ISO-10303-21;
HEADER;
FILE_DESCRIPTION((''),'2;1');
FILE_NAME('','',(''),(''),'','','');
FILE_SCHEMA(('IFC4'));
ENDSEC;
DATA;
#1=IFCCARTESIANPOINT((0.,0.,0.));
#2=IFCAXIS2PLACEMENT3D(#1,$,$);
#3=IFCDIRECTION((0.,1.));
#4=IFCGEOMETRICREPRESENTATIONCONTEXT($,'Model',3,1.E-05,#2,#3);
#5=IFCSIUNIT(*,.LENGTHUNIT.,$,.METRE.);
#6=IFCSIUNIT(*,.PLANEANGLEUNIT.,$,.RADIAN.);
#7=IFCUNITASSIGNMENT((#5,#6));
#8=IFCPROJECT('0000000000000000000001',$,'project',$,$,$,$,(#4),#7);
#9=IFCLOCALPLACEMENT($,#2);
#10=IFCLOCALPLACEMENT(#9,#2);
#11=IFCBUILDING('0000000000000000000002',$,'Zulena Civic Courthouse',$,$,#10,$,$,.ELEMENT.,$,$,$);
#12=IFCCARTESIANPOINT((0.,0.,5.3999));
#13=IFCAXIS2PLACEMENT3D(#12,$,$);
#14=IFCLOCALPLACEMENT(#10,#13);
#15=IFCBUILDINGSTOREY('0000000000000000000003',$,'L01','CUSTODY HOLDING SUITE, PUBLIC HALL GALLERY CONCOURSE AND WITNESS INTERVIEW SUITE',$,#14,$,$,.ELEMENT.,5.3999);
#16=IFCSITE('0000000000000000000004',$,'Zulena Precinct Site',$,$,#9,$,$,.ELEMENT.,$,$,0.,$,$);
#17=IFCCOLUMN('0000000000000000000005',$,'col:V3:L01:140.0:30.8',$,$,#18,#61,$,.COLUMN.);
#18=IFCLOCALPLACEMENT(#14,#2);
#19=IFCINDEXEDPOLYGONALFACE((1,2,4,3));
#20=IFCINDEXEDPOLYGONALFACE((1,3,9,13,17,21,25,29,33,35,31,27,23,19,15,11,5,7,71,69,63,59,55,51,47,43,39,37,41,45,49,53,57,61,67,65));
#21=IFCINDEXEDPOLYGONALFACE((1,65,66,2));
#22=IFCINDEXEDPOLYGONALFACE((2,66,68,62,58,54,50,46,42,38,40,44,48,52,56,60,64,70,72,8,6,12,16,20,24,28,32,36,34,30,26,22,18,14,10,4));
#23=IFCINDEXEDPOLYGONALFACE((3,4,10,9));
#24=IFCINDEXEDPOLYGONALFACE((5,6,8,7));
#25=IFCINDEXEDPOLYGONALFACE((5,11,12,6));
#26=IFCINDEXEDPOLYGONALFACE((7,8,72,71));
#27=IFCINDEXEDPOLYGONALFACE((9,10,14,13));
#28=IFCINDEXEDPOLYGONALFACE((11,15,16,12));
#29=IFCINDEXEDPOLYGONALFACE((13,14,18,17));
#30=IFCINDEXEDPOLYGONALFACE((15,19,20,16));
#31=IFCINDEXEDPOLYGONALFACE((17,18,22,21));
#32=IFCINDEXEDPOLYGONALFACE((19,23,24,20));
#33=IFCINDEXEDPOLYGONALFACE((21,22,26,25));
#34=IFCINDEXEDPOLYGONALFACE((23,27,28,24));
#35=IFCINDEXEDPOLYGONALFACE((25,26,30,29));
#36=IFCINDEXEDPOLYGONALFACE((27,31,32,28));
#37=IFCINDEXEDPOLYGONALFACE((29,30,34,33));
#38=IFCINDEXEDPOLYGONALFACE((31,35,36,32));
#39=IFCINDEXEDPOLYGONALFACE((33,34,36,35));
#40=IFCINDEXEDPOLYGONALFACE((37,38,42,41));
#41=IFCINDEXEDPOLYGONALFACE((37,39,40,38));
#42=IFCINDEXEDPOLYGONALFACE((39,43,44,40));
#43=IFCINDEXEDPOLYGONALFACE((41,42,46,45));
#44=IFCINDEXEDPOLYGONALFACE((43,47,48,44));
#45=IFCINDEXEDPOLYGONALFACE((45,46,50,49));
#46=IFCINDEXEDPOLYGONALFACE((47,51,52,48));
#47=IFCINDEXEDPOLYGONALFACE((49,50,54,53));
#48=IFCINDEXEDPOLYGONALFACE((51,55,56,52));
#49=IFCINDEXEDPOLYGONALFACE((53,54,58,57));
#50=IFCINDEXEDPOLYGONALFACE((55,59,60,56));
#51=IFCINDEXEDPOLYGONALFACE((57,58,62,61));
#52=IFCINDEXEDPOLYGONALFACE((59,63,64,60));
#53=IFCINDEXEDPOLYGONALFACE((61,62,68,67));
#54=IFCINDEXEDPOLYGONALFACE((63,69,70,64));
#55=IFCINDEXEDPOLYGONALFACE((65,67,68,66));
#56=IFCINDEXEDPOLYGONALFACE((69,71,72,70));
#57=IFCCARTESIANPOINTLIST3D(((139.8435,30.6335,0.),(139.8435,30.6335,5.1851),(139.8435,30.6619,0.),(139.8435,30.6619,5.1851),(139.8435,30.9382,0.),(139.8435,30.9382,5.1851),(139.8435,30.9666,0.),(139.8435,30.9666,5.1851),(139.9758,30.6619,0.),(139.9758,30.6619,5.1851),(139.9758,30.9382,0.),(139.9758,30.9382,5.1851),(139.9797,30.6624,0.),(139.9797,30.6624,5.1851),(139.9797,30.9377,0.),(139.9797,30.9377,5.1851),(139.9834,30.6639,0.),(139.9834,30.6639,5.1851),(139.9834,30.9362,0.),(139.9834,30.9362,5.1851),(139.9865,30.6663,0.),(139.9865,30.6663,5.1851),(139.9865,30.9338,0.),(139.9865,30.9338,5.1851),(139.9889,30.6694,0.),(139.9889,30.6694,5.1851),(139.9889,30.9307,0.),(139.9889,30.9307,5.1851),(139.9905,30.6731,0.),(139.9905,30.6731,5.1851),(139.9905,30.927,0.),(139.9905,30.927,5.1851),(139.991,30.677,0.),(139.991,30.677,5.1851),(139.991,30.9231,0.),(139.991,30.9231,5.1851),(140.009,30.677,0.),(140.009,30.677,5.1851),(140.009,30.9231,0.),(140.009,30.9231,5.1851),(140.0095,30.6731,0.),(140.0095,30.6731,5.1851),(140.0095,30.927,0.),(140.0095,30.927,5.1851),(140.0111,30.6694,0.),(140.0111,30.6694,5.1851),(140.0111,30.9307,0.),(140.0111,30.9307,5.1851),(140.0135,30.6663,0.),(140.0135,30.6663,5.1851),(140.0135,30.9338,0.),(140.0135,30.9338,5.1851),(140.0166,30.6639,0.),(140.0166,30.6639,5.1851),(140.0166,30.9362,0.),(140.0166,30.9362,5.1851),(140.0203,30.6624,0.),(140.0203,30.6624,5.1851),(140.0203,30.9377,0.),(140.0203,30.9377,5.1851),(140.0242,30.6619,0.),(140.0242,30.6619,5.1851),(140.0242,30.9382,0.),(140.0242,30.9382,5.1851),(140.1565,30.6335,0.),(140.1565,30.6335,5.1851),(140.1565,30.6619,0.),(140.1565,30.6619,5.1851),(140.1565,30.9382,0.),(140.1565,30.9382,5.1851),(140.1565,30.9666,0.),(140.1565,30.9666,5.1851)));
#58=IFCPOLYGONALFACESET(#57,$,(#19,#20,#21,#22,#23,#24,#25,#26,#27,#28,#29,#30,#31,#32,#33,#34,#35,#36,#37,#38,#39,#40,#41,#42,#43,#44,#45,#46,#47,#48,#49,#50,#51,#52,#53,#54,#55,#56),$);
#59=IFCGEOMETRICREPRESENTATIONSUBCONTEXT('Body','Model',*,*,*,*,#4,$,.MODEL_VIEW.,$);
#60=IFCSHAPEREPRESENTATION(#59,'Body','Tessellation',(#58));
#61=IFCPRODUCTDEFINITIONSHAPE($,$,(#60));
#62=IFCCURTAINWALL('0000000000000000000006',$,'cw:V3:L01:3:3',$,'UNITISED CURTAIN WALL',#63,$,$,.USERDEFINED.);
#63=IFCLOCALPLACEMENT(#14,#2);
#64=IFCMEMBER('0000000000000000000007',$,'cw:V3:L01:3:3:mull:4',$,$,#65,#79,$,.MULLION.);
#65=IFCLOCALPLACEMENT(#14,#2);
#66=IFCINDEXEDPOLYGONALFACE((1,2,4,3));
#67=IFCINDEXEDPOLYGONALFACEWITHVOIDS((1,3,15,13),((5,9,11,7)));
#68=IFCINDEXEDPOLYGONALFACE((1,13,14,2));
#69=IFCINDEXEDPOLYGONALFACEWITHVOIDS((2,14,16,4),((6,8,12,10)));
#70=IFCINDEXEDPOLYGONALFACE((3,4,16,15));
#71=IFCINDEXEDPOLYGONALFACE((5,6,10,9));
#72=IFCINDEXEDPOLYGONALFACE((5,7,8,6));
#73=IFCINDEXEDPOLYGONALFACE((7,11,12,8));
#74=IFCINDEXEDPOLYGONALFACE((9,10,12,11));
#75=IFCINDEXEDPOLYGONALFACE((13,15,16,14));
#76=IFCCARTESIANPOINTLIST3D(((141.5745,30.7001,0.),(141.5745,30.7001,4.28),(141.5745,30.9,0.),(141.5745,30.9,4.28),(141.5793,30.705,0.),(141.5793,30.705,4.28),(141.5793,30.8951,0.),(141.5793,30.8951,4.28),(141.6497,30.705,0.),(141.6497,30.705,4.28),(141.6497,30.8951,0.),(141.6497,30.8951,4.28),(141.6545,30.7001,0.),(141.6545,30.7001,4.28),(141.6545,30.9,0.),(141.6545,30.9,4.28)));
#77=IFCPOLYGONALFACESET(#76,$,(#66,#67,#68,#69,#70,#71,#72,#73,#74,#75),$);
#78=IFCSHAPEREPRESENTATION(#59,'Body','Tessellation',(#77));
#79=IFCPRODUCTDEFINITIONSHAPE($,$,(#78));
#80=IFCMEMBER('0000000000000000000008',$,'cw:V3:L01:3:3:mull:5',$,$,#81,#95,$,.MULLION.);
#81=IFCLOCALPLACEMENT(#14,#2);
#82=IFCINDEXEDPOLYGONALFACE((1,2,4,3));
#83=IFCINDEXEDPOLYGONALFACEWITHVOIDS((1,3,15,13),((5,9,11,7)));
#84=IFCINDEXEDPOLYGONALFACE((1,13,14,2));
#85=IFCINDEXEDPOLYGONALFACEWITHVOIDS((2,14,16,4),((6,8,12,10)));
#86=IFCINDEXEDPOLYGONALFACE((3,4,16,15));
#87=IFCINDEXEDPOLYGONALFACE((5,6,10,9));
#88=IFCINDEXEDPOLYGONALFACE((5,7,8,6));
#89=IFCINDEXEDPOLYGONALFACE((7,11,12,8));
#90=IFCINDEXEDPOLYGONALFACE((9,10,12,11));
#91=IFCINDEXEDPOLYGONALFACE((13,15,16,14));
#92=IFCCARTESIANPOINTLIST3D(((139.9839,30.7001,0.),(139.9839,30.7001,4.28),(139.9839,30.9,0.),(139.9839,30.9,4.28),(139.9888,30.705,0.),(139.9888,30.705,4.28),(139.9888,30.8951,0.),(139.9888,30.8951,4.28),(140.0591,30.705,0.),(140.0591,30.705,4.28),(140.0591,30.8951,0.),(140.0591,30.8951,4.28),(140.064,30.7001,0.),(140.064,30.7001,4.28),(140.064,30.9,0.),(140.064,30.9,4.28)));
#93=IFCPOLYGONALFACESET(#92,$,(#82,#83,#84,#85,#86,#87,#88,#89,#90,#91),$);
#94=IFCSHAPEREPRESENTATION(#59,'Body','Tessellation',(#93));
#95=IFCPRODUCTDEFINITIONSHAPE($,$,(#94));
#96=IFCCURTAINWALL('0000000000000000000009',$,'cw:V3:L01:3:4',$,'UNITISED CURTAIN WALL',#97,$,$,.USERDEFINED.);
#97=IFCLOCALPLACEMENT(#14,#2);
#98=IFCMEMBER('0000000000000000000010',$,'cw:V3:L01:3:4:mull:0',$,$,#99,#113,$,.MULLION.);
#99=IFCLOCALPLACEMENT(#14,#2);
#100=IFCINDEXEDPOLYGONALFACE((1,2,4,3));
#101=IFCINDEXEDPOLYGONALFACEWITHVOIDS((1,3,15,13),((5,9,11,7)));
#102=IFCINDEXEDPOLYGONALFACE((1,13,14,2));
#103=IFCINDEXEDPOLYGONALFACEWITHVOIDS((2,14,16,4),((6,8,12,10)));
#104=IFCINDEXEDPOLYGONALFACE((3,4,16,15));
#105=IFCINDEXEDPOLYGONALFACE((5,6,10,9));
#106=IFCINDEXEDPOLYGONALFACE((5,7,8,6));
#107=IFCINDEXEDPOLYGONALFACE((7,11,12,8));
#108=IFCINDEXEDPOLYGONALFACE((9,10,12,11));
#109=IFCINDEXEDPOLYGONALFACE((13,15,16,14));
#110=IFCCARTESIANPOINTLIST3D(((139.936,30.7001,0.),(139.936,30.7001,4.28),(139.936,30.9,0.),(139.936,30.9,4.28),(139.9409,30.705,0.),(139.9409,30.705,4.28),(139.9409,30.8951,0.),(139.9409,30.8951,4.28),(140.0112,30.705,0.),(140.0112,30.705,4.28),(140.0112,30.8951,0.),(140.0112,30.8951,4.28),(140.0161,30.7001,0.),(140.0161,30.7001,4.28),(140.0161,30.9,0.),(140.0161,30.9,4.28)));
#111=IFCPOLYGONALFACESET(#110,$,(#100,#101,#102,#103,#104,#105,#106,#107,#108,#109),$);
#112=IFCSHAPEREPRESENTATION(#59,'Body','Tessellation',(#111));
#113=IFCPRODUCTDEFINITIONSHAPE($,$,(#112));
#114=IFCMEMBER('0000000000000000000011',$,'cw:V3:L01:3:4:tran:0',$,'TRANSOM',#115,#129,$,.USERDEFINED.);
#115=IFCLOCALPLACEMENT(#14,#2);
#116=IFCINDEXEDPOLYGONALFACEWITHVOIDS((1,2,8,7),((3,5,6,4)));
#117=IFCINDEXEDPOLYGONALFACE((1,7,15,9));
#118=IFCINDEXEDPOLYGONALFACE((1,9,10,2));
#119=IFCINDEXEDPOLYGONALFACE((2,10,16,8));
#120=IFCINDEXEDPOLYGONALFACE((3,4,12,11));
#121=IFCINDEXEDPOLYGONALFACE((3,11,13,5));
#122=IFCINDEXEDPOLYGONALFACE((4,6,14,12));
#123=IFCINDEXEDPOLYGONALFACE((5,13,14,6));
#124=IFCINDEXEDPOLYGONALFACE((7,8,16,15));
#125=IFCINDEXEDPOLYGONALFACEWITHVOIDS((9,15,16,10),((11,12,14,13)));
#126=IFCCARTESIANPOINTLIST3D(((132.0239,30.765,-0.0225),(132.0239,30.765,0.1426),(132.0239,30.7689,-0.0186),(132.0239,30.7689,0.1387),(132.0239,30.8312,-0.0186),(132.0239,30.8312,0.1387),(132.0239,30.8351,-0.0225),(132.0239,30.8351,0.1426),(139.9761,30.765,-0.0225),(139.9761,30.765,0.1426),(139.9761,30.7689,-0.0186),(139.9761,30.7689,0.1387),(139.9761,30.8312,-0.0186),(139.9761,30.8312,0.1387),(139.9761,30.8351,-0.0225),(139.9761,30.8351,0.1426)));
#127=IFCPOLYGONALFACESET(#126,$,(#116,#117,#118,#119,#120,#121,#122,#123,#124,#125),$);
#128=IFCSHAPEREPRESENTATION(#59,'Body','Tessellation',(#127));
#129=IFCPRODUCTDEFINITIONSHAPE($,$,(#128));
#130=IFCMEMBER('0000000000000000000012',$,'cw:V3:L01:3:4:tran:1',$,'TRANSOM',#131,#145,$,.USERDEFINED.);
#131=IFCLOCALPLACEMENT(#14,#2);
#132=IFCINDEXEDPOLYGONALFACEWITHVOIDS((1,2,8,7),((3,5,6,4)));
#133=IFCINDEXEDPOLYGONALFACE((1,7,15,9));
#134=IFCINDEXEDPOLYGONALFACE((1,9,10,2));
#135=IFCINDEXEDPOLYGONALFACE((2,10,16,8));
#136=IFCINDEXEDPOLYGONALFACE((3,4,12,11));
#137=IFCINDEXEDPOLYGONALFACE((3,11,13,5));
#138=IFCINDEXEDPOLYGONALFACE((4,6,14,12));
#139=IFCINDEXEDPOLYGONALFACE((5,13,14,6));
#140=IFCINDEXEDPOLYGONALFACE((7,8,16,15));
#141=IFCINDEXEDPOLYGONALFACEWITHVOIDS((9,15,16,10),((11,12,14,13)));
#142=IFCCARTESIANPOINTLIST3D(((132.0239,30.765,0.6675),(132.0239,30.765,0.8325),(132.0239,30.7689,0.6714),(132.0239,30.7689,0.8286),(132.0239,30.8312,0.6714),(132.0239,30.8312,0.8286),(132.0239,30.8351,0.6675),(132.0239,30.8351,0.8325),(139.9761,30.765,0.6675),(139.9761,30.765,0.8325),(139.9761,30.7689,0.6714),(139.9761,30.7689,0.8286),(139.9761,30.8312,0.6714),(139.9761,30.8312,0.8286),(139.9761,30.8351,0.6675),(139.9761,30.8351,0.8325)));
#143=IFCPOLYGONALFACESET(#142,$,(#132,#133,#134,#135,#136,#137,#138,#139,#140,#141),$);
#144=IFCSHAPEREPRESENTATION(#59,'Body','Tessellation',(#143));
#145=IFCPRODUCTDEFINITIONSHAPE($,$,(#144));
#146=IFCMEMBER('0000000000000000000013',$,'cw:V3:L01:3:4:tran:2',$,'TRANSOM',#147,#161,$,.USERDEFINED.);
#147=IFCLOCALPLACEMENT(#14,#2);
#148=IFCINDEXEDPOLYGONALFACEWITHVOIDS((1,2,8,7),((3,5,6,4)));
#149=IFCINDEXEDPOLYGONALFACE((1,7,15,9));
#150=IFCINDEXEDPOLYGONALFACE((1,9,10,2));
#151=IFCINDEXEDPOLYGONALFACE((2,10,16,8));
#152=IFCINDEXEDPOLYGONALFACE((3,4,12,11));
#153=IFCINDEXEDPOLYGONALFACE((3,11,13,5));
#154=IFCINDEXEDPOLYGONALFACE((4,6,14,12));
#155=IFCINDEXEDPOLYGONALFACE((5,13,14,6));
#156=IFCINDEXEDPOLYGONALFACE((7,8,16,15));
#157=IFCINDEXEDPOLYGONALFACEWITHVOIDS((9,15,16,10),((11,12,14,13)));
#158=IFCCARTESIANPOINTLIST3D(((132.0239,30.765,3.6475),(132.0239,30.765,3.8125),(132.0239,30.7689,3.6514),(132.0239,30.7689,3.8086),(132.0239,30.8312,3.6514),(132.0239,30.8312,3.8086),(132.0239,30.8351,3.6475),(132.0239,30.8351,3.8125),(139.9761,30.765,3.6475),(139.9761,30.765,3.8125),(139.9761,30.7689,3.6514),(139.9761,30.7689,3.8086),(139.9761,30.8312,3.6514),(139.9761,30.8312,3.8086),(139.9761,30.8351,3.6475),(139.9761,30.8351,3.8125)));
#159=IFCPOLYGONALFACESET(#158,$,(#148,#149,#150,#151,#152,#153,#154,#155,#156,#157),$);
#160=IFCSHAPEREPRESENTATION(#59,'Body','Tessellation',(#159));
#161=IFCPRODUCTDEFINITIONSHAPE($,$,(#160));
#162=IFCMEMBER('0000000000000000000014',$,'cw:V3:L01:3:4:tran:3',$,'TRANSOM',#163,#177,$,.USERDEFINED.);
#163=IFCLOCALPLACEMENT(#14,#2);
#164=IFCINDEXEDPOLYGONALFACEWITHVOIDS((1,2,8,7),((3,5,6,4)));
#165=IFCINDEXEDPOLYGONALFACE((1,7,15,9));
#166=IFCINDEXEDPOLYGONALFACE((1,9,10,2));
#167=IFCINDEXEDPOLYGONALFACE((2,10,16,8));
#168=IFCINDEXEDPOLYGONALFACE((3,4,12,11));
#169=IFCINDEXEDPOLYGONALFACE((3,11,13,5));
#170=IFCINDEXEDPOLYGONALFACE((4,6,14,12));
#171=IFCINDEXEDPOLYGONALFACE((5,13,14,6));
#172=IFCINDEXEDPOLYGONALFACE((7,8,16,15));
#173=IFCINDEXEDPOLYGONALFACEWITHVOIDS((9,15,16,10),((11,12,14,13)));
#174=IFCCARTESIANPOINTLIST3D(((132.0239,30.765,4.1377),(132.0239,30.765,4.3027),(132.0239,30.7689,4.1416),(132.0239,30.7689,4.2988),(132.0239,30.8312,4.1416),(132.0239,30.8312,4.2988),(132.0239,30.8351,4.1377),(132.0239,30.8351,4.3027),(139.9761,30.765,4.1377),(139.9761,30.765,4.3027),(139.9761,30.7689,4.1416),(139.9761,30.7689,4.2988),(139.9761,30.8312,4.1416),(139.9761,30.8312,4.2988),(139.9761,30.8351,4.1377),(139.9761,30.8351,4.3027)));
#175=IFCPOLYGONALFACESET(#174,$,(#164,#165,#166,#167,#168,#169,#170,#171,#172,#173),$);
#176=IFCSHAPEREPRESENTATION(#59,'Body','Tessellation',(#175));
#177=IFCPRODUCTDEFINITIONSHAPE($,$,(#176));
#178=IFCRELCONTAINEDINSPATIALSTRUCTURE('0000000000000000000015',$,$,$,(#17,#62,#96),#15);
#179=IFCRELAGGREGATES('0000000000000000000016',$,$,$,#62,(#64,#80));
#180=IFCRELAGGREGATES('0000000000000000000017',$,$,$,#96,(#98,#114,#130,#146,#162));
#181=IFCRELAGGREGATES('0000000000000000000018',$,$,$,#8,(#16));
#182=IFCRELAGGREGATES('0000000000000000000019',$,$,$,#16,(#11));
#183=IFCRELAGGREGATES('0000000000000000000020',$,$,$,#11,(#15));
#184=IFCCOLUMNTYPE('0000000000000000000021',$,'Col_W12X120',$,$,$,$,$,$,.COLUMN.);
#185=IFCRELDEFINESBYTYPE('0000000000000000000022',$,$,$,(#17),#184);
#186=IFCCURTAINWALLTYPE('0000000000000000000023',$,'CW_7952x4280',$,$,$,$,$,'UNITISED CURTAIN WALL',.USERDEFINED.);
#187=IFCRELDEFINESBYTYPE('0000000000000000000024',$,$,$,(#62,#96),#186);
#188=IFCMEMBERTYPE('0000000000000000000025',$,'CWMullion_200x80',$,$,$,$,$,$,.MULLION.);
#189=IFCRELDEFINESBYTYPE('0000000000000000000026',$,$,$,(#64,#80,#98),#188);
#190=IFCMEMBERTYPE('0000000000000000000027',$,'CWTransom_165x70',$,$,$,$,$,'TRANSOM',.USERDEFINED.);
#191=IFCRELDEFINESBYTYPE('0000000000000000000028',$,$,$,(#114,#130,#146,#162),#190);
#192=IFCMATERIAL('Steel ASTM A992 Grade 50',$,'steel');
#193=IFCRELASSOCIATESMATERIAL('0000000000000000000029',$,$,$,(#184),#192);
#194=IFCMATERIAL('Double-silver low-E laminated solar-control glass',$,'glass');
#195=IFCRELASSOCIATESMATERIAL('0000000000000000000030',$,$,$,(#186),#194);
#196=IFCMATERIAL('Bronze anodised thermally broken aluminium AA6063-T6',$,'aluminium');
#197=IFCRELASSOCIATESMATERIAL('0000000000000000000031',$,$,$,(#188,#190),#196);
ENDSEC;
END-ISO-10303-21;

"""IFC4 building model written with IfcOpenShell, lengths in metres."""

from ifc_helpers import new_model, si_unit, direction, frame, origin, origin_2d, place, context, subcontext, project, spatial, hollow_rectangle, i_section, extrude, material, material_profile, profile_set, type_object, element, aggregate, save


model = new_model("IFC4")

# Units and contexts
model_context = context("Model", 3, precision=1e-05, world=origin(), true_north=direction((0.0, 1.0)))
body_context = subcontext(model_context, "Body", "Model", "MODEL_VIEW")
ifc_project = project(units=[si_unit("LENGTHUNIT", "METRE"), si_unit("PLANEANGLEUNIT", "RADIAN")], contexts=[model_context])

# Site, building, storey
site_placement = place(None, origin())
site = spatial("IfcSite", under=ifc_project, at=site_placement, Name="Zulena Precinct Site", CompositionType="ELEMENT", RefElevation=0.0)
building_placement = place(site_placement, origin())
building = spatial("IfcBuilding", under=site, at=building_placement, Name="Zulena Civic Courthouse", CompositionType="ELEMENT")
storey_placement = place(building_placement, frame((0.0, 0.0, 5.3999)))
storey = spatial("IfcBuildingStorey", under=building, at=storey_placement, Name="L01", Description="CUSTODY HOLDING SUITE, PUBLIC HALL GALLERY CONCOURSE AND WITNESS INTERVIEW SUITE", CompositionType="ELEMENT", Elevation=5.3999)

# Column
ifc_material_1 = material(Name="Steel ASTM A992 Grade 50", Category="steel")
ifc_material_profile_1 = material_profile(ifc_material_1, i_section(OverallWidth=0.313, OverallDepth=0.333, WebThickness=0.0181, FlangeThickness=0.0283, FilletRadius=0.0151, at=origin_2d()), Name="W12X120")
ifc_profile_set_1 = profile_set([ifc_material_profile_1], Name="Steel ASTM A992 Grade 50")
column_type = type_object("IfcColumnType", Name="Col_W12X120", PredefinedType="COLUMN", material=ifc_profile_set_1)
column_placement = place(storey_placement, frame((140.0, 30.8, 0.0), z_axis=(0.0, 0.0, 1.0), x_axis=(1.0, 0.0, 0.0)))
element("IfcColumn", 1, at=column_placement, inside=storey, type_object=column_type, Name="col:V3:L01:140.0:30.8", PredefinedType="COLUMN", context=body_context, shape_type="SweptSolid", body=[
    extrude(i_section(OverallWidth=0.313, OverallDepth=0.333, WebThickness=0.0181, FlangeThickness=0.0283, FilletRadius=0.0151, at=origin_2d()), origin(), (0.0, 0.0, 1.0), 5.1851),
])

# Curtain walls, members
ifc_material_2 = material(Name="Double-silver low-E laminated solar-control glass", Category="glass")
curtain_wall_type = type_object("IfcCurtainWallType", Name="CW_7952x4280", ElementType="UNITISED CURTAIN WALL", PredefinedType="USERDEFINED", material=ifc_material_2)
curtain_wall_1_placement = place(storey_placement, origin())
curtain_wall_1 = element("IfcCurtainWall", 2, at=curtain_wall_1_placement, inside=storey, type_object=curtain_wall_type, Name="cw:V3:L01:3:3", ObjectType="UNITISED CURTAIN WALL", PredefinedType="USERDEFINED")
ifc_material_3 = material(Name="Bronze anodised thermally broken aluminium AA6063-T6", Category="aluminium")
ifc_material_profile_2 = material_profile(ifc_material_3, hollow_rectangle(XDim=0.0801, YDim=0.2, WallThickness=0.0049, at=origin_2d()), Name="CWM200X80X5")
ifc_profile_set_2 = profile_set([ifc_material_profile_2], Name="Bronze anodised thermally broken aluminium AA6063-T6")
member_type_1 = type_object("IfcMemberType", Name="CWMullion_200x80", PredefinedType="MULLION", material=ifc_profile_set_2)
member_1_placement = place(storey_placement, frame((141.6145, 30.8, 0.0), z_axis=(0.0, 0.0, 1.0), x_axis=(1.0, 0.0, 0.0)))
member_1 = element("IfcMember", 3, at=member_1_placement, type_object=member_type_1, Name="cw:V3:L01:3:3:mull:4", PredefinedType="MULLION", context=body_context, shape_type="SweptSolid", body=[
    extrude(hollow_rectangle(XDim=0.0801, YDim=0.2, WallThickness=0.0049, at=origin_2d()), origin(), (0.0, 0.0, 1.0), 4.28),
])
member_2_placement = place(storey_placement, frame((140.0239, 30.8, 0.0), z_axis=(0.0, 0.0, 1.0), x_axis=(1.0, 0.0, 0.0)))
member_2 = element("IfcMember", 4, at=member_2_placement, type_object=member_type_1, Name="cw:V3:L01:3:3:mull:5", PredefinedType="MULLION", context=body_context, shape_type="SweptSolid", body=[
    extrude(hollow_rectangle(XDim=0.0801, YDim=0.2, WallThickness=0.0049, at=origin_2d()), origin(), (0.0, 0.0, 1.0), 4.28),
])
curtain_wall_2_placement = place(storey_placement, origin())
curtain_wall_2 = element("IfcCurtainWall", 5, at=curtain_wall_2_placement, inside=storey, type_object=curtain_wall_type, Name="cw:V3:L01:3:4", ObjectType="UNITISED CURTAIN WALL", PredefinedType="USERDEFINED")
member_3_placement = place(storey_placement, frame((139.9761, 30.8, 0.0), z_axis=(0.0, 0.0, 1.0), x_axis=(1.0, 0.0, 0.0)))
member_3 = element("IfcMember", 6, at=member_3_placement, type_object=member_type_1, Name="cw:V3:L01:3:4:mull:0", PredefinedType="MULLION", context=body_context, shape_type="SweptSolid", body=[
    extrude(hollow_rectangle(XDim=0.0801, YDim=0.2, WallThickness=0.0049, at=origin_2d()), origin(), (0.0, 0.0, 1.0), 4.28),
])
ifc_material_profile_3 = material_profile(ifc_material_3, hollow_rectangle(XDim=0.0701, YDim=0.165, WallThickness=0.0039, at=origin_2d()), Name="CWT165X70X4")
ifc_profile_set_3 = profile_set([ifc_material_profile_3], Name="Bronze anodised thermally broken aluminium AA6063-T6")
member_type_2 = type_object("IfcMemberType", Name="CWTransom_165x70", ElementType="TRANSOM", PredefinedType="USERDEFINED", material=ifc_profile_set_3)
member_4_placement = place(storey_placement, frame((139.9761, 30.8, 0.0601), z_axis=(-1.0, 0.0, 0.0), x_axis=(0.0, -1.0, 0.0)))
member_4 = element("IfcMember", 7, at=member_4_placement, type_object=member_type_2, Name="cw:V3:L01:3:4:tran:0", ObjectType="TRANSOM", PredefinedType="USERDEFINED", context=body_context, shape_type="SweptSolid", body=[
    extrude(hollow_rectangle(XDim=0.0701, YDim=0.165, WallThickness=0.0039, at=origin_2d()), origin(), (0.0, 0.0, 1.0), 7.9521),
])
member_5_placement = place(storey_placement, frame((139.9761, 30.8, 0.75), z_axis=(-1.0, 0.0, 0.0), x_axis=(0.0, -1.0, 0.0)))
member_5 = element("IfcMember", 8, at=member_5_placement, type_object=member_type_2, Name="cw:V3:L01:3:4:tran:1", ObjectType="TRANSOM", PredefinedType="USERDEFINED", context=body_context, shape_type="SweptSolid", body=[
    extrude(hollow_rectangle(XDim=0.0701, YDim=0.165, WallThickness=0.0039, at=origin_2d()), origin(), (0.0, 0.0, 1.0), 7.9521),
])
member_6_placement = place(storey_placement, frame((139.9761, 30.8, 3.73), z_axis=(-1.0, 0.0, 0.0), x_axis=(0.0, -1.0, 0.0)))
member_6 = element("IfcMember", 9, at=member_6_placement, type_object=member_type_2, Name="cw:V3:L01:3:4:tran:2", ObjectType="TRANSOM", PredefinedType="USERDEFINED", context=body_context, shape_type="SweptSolid", body=[
    extrude(hollow_rectangle(XDim=0.0701, YDim=0.165, WallThickness=0.0039, at=origin_2d()), origin(), (0.0, 0.0, 1.0), 7.9521),
])
member_7_placement = place(storey_placement, frame((139.9761, 30.8, 4.2202), z_axis=(-1.0, 0.0, 0.0), x_axis=(0.0, -1.0, 0.0)))
member_7 = element("IfcMember", 10, at=member_7_placement, type_object=member_type_2, Name="cw:V3:L01:3:4:tran:3", ObjectType="TRANSOM", PredefinedType="USERDEFINED", context=body_context, shape_type="SweptSolid", body=[
    extrude(hollow_rectangle(XDim=0.0701, YDim=0.165, WallThickness=0.0039, at=origin_2d()), origin(), (0.0, 0.0, 1.0), 7.9521),
])

aggregate(curtain_wall_1, [member_1, member_2])
aggregate(curtain_wall_2, [member_3, member_4, member_5, member_6, member_7])

save(model, "model.ifc")
